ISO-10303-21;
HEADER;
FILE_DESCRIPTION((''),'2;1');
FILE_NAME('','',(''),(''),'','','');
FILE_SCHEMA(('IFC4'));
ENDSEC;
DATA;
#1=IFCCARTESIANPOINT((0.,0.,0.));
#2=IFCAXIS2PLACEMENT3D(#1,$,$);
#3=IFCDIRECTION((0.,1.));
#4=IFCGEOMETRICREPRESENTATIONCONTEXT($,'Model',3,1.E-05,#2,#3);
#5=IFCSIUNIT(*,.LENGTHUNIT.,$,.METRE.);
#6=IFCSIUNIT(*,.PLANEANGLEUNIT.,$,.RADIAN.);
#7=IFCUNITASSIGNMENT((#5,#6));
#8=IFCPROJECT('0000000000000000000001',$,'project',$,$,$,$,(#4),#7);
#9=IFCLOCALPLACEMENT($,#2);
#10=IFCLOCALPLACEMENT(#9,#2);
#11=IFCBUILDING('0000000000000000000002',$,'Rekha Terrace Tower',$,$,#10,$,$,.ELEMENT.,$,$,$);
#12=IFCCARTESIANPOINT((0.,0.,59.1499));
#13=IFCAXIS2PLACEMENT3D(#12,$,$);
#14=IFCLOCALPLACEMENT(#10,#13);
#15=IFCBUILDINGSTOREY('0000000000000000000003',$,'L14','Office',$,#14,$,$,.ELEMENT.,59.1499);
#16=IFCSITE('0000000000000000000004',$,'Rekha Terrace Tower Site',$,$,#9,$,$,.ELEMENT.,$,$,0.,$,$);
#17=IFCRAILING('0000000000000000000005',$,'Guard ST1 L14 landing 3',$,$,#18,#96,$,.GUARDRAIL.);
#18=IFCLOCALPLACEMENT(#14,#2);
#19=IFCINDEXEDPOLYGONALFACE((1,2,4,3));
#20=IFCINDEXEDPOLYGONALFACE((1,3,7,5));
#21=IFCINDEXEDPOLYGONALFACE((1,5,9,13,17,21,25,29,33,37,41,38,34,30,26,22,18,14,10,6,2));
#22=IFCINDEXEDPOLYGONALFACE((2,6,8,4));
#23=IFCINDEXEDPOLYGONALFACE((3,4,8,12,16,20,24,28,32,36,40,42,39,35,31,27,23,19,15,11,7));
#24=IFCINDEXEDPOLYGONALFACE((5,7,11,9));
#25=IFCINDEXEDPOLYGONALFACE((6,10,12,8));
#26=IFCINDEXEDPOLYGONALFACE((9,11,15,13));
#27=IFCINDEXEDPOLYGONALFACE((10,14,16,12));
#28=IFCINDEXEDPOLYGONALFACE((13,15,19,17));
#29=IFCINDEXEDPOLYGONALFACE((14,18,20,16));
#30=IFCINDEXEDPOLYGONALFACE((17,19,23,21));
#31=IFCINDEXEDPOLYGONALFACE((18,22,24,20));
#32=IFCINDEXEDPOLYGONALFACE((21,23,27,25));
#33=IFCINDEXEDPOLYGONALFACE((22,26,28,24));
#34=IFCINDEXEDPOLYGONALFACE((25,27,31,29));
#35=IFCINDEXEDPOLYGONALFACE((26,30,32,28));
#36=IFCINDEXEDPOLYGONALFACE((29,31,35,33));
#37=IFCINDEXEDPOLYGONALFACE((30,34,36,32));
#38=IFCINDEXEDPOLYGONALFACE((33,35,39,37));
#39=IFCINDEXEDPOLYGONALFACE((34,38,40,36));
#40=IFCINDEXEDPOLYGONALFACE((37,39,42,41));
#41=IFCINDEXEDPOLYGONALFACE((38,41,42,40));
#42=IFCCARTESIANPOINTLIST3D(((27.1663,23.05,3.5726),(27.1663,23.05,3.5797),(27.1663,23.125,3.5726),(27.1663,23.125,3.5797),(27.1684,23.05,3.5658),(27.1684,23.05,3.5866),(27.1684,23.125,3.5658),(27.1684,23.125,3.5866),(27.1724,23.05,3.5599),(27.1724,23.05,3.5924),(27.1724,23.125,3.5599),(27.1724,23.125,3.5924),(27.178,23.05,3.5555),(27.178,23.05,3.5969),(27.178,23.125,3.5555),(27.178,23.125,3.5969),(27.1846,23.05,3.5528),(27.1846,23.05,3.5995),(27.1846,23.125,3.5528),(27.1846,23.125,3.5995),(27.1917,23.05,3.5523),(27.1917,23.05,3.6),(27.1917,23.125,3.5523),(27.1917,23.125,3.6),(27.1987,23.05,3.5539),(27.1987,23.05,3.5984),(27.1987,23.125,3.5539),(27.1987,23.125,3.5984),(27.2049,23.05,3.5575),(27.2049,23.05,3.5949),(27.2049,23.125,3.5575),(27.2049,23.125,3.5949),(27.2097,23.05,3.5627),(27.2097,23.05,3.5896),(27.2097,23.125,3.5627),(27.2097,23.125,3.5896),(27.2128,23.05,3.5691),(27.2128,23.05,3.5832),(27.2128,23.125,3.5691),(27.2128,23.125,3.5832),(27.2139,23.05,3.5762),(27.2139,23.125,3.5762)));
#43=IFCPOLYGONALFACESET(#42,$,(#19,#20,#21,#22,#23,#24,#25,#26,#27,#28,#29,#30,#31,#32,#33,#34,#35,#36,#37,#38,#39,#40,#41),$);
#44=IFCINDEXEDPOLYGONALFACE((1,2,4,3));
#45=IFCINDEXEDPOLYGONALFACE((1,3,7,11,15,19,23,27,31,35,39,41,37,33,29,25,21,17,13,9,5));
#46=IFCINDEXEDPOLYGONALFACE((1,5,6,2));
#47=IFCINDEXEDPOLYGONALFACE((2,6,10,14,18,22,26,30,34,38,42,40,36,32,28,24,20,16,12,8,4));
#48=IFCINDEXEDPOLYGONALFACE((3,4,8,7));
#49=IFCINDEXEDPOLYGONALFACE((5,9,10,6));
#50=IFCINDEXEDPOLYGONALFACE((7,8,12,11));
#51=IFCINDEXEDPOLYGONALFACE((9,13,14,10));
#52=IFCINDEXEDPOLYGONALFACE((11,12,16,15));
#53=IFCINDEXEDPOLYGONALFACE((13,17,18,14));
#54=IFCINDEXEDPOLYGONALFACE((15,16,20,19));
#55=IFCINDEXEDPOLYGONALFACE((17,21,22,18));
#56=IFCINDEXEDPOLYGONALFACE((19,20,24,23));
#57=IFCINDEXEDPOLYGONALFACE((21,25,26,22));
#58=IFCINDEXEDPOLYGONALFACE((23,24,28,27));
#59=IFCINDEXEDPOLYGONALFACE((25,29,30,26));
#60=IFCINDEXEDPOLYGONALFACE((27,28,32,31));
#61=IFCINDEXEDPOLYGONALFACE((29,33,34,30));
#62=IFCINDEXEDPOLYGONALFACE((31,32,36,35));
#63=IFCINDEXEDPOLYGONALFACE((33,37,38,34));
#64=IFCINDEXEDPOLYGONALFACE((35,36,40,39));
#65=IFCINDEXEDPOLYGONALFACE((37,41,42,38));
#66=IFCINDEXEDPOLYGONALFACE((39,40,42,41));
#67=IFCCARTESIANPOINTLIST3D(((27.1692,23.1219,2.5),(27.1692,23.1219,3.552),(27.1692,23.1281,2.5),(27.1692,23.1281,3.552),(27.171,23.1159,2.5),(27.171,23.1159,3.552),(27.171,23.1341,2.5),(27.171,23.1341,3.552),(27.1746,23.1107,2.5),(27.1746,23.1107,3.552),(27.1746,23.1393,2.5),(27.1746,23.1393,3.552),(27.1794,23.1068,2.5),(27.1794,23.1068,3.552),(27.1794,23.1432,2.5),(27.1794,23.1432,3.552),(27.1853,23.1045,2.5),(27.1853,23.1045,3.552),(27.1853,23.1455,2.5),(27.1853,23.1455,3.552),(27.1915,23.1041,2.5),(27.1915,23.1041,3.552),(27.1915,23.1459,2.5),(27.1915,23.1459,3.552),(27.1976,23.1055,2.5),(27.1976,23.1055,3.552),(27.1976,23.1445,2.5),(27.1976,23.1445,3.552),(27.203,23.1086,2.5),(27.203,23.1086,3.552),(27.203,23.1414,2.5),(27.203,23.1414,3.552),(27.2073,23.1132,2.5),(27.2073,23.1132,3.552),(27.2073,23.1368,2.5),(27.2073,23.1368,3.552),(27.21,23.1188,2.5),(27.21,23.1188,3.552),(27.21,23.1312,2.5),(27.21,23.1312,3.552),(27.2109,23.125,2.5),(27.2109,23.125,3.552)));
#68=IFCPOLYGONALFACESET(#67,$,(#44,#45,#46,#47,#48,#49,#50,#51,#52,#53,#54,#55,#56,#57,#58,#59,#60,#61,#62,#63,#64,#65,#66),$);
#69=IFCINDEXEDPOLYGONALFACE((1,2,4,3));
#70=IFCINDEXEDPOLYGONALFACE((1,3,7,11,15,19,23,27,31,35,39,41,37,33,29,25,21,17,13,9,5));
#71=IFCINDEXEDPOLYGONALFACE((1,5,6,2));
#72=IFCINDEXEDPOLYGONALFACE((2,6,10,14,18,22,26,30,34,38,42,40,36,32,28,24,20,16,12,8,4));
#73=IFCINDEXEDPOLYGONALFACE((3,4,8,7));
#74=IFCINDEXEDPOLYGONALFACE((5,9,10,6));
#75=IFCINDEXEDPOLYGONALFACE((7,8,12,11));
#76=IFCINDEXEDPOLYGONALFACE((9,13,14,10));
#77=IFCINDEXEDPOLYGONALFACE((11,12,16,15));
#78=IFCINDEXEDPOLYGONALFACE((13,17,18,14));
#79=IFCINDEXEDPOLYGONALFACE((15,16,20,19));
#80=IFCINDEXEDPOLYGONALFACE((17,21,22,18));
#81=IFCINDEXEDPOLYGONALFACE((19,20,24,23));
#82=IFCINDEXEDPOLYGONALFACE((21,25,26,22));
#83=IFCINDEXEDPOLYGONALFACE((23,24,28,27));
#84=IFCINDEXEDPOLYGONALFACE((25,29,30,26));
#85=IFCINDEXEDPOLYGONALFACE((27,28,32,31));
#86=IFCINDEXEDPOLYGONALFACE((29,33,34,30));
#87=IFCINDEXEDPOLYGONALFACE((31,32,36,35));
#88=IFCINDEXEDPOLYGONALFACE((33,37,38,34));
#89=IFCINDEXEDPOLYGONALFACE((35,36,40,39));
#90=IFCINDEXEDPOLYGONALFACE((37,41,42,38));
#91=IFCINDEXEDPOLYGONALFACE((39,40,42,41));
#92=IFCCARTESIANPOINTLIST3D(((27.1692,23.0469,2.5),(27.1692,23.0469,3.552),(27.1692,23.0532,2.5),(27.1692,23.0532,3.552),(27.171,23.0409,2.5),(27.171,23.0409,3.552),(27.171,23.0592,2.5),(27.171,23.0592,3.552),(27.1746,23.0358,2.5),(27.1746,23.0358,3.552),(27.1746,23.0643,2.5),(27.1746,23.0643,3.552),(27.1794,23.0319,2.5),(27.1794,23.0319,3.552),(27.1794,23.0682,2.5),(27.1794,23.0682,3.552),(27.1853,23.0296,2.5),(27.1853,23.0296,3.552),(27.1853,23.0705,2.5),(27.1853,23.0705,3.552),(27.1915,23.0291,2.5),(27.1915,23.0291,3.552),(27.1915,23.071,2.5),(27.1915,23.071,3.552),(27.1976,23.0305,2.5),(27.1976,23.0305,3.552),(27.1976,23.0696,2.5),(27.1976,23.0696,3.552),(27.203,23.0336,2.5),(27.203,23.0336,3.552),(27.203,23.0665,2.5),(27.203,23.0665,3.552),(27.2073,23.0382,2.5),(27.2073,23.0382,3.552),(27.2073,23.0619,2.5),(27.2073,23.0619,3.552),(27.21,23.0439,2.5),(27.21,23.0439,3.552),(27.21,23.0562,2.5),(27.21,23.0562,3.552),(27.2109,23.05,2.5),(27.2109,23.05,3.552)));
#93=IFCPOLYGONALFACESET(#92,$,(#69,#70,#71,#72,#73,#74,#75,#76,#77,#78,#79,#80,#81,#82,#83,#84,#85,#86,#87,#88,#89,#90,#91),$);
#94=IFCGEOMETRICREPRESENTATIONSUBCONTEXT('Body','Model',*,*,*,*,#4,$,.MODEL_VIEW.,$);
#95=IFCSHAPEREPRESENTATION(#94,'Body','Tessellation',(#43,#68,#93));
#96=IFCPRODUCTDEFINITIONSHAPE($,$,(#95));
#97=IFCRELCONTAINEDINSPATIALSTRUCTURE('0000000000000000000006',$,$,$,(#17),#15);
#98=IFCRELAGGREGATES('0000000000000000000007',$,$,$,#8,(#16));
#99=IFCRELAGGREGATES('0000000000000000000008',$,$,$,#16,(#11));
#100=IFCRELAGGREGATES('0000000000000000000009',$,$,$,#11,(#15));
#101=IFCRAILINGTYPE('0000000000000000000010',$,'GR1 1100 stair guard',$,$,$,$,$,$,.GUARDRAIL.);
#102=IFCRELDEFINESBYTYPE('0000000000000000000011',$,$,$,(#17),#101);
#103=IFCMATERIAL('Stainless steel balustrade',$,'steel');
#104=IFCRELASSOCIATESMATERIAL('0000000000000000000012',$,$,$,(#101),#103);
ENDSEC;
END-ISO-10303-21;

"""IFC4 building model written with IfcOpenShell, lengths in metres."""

from ifc_helpers import new_model, si_unit, direction, frame, origin, origin_2d, place, context, subcontext, project, spatial, circle, extrude, material, type_object, element, save


model = new_model("IFC4")

# Units and contexts
model_context = context("Model", 3, precision=1e-05, world=origin(), true_north=direction((0.0, 1.0)))
body_context = subcontext(model_context, "Body", "Model", "MODEL_VIEW")
ifc_project = project(units=[si_unit("LENGTHUNIT", "METRE"), si_unit("PLANEANGLEUNIT", "RADIAN")], contexts=[model_context])

# Site, building, storey
site_placement = place(None, origin())
site = spatial("IfcSite", under=ifc_project, at=site_placement, Name="Rekha Terrace Tower Site", CompositionType="ELEMENT", RefElevation=0.0)
building_placement = place(site_placement, origin())
building = spatial("IfcBuilding", under=site, at=building_placement, Name="Rekha Terrace Tower", CompositionType="ELEMENT")
storey_placement = place(building_placement, frame((0.0, 0.0, 59.1499)))
storey = spatial("IfcBuildingStorey", under=building, at=storey_placement, Name="L14", Description="Office", CompositionType="ELEMENT", Elevation=59.1499)

# Railing
ifc_material_1 = material(Name="Stainless steel balustrade", Category="steel")
railing_type_1 = type_object("IfcRailingType", Name="GR1 1100 stair guard", PredefinedType="GUARDRAIL", material=ifc_material_1)
railing_1_placement = place(storey_placement, frame((27.1899, 23.125, 2.5)))
element("IfcRailing", 1, at=railing_1_placement, inside=storey, type_object=railing_type_1, Name="Guard ST1 L14 landing 3", PredefinedType="GUARDRAIL", context=body_context, shape_type="SweptSolid", body=[
    extrude(circle(Radius=0.0239, at=origin_2d()), frame((0.0, 0.0, 1.0762), z_axis=(0.0, -1.0, 0.0), x_axis=(1.0, 0.0, 0.0)), (0.0, 0.0, 1.0), 0.075),
    extrude(circle(Radius=0.021, at=origin_2d()), origin(), (0.0, 0.0, 1.0), 1.052),
    extrude(circle(Radius=0.021, at=origin_2d()), frame((0.0, -0.075, 0.0)), (0.0, 0.0, 1.0), 1.052),
])

save(model, "model.ifc")
